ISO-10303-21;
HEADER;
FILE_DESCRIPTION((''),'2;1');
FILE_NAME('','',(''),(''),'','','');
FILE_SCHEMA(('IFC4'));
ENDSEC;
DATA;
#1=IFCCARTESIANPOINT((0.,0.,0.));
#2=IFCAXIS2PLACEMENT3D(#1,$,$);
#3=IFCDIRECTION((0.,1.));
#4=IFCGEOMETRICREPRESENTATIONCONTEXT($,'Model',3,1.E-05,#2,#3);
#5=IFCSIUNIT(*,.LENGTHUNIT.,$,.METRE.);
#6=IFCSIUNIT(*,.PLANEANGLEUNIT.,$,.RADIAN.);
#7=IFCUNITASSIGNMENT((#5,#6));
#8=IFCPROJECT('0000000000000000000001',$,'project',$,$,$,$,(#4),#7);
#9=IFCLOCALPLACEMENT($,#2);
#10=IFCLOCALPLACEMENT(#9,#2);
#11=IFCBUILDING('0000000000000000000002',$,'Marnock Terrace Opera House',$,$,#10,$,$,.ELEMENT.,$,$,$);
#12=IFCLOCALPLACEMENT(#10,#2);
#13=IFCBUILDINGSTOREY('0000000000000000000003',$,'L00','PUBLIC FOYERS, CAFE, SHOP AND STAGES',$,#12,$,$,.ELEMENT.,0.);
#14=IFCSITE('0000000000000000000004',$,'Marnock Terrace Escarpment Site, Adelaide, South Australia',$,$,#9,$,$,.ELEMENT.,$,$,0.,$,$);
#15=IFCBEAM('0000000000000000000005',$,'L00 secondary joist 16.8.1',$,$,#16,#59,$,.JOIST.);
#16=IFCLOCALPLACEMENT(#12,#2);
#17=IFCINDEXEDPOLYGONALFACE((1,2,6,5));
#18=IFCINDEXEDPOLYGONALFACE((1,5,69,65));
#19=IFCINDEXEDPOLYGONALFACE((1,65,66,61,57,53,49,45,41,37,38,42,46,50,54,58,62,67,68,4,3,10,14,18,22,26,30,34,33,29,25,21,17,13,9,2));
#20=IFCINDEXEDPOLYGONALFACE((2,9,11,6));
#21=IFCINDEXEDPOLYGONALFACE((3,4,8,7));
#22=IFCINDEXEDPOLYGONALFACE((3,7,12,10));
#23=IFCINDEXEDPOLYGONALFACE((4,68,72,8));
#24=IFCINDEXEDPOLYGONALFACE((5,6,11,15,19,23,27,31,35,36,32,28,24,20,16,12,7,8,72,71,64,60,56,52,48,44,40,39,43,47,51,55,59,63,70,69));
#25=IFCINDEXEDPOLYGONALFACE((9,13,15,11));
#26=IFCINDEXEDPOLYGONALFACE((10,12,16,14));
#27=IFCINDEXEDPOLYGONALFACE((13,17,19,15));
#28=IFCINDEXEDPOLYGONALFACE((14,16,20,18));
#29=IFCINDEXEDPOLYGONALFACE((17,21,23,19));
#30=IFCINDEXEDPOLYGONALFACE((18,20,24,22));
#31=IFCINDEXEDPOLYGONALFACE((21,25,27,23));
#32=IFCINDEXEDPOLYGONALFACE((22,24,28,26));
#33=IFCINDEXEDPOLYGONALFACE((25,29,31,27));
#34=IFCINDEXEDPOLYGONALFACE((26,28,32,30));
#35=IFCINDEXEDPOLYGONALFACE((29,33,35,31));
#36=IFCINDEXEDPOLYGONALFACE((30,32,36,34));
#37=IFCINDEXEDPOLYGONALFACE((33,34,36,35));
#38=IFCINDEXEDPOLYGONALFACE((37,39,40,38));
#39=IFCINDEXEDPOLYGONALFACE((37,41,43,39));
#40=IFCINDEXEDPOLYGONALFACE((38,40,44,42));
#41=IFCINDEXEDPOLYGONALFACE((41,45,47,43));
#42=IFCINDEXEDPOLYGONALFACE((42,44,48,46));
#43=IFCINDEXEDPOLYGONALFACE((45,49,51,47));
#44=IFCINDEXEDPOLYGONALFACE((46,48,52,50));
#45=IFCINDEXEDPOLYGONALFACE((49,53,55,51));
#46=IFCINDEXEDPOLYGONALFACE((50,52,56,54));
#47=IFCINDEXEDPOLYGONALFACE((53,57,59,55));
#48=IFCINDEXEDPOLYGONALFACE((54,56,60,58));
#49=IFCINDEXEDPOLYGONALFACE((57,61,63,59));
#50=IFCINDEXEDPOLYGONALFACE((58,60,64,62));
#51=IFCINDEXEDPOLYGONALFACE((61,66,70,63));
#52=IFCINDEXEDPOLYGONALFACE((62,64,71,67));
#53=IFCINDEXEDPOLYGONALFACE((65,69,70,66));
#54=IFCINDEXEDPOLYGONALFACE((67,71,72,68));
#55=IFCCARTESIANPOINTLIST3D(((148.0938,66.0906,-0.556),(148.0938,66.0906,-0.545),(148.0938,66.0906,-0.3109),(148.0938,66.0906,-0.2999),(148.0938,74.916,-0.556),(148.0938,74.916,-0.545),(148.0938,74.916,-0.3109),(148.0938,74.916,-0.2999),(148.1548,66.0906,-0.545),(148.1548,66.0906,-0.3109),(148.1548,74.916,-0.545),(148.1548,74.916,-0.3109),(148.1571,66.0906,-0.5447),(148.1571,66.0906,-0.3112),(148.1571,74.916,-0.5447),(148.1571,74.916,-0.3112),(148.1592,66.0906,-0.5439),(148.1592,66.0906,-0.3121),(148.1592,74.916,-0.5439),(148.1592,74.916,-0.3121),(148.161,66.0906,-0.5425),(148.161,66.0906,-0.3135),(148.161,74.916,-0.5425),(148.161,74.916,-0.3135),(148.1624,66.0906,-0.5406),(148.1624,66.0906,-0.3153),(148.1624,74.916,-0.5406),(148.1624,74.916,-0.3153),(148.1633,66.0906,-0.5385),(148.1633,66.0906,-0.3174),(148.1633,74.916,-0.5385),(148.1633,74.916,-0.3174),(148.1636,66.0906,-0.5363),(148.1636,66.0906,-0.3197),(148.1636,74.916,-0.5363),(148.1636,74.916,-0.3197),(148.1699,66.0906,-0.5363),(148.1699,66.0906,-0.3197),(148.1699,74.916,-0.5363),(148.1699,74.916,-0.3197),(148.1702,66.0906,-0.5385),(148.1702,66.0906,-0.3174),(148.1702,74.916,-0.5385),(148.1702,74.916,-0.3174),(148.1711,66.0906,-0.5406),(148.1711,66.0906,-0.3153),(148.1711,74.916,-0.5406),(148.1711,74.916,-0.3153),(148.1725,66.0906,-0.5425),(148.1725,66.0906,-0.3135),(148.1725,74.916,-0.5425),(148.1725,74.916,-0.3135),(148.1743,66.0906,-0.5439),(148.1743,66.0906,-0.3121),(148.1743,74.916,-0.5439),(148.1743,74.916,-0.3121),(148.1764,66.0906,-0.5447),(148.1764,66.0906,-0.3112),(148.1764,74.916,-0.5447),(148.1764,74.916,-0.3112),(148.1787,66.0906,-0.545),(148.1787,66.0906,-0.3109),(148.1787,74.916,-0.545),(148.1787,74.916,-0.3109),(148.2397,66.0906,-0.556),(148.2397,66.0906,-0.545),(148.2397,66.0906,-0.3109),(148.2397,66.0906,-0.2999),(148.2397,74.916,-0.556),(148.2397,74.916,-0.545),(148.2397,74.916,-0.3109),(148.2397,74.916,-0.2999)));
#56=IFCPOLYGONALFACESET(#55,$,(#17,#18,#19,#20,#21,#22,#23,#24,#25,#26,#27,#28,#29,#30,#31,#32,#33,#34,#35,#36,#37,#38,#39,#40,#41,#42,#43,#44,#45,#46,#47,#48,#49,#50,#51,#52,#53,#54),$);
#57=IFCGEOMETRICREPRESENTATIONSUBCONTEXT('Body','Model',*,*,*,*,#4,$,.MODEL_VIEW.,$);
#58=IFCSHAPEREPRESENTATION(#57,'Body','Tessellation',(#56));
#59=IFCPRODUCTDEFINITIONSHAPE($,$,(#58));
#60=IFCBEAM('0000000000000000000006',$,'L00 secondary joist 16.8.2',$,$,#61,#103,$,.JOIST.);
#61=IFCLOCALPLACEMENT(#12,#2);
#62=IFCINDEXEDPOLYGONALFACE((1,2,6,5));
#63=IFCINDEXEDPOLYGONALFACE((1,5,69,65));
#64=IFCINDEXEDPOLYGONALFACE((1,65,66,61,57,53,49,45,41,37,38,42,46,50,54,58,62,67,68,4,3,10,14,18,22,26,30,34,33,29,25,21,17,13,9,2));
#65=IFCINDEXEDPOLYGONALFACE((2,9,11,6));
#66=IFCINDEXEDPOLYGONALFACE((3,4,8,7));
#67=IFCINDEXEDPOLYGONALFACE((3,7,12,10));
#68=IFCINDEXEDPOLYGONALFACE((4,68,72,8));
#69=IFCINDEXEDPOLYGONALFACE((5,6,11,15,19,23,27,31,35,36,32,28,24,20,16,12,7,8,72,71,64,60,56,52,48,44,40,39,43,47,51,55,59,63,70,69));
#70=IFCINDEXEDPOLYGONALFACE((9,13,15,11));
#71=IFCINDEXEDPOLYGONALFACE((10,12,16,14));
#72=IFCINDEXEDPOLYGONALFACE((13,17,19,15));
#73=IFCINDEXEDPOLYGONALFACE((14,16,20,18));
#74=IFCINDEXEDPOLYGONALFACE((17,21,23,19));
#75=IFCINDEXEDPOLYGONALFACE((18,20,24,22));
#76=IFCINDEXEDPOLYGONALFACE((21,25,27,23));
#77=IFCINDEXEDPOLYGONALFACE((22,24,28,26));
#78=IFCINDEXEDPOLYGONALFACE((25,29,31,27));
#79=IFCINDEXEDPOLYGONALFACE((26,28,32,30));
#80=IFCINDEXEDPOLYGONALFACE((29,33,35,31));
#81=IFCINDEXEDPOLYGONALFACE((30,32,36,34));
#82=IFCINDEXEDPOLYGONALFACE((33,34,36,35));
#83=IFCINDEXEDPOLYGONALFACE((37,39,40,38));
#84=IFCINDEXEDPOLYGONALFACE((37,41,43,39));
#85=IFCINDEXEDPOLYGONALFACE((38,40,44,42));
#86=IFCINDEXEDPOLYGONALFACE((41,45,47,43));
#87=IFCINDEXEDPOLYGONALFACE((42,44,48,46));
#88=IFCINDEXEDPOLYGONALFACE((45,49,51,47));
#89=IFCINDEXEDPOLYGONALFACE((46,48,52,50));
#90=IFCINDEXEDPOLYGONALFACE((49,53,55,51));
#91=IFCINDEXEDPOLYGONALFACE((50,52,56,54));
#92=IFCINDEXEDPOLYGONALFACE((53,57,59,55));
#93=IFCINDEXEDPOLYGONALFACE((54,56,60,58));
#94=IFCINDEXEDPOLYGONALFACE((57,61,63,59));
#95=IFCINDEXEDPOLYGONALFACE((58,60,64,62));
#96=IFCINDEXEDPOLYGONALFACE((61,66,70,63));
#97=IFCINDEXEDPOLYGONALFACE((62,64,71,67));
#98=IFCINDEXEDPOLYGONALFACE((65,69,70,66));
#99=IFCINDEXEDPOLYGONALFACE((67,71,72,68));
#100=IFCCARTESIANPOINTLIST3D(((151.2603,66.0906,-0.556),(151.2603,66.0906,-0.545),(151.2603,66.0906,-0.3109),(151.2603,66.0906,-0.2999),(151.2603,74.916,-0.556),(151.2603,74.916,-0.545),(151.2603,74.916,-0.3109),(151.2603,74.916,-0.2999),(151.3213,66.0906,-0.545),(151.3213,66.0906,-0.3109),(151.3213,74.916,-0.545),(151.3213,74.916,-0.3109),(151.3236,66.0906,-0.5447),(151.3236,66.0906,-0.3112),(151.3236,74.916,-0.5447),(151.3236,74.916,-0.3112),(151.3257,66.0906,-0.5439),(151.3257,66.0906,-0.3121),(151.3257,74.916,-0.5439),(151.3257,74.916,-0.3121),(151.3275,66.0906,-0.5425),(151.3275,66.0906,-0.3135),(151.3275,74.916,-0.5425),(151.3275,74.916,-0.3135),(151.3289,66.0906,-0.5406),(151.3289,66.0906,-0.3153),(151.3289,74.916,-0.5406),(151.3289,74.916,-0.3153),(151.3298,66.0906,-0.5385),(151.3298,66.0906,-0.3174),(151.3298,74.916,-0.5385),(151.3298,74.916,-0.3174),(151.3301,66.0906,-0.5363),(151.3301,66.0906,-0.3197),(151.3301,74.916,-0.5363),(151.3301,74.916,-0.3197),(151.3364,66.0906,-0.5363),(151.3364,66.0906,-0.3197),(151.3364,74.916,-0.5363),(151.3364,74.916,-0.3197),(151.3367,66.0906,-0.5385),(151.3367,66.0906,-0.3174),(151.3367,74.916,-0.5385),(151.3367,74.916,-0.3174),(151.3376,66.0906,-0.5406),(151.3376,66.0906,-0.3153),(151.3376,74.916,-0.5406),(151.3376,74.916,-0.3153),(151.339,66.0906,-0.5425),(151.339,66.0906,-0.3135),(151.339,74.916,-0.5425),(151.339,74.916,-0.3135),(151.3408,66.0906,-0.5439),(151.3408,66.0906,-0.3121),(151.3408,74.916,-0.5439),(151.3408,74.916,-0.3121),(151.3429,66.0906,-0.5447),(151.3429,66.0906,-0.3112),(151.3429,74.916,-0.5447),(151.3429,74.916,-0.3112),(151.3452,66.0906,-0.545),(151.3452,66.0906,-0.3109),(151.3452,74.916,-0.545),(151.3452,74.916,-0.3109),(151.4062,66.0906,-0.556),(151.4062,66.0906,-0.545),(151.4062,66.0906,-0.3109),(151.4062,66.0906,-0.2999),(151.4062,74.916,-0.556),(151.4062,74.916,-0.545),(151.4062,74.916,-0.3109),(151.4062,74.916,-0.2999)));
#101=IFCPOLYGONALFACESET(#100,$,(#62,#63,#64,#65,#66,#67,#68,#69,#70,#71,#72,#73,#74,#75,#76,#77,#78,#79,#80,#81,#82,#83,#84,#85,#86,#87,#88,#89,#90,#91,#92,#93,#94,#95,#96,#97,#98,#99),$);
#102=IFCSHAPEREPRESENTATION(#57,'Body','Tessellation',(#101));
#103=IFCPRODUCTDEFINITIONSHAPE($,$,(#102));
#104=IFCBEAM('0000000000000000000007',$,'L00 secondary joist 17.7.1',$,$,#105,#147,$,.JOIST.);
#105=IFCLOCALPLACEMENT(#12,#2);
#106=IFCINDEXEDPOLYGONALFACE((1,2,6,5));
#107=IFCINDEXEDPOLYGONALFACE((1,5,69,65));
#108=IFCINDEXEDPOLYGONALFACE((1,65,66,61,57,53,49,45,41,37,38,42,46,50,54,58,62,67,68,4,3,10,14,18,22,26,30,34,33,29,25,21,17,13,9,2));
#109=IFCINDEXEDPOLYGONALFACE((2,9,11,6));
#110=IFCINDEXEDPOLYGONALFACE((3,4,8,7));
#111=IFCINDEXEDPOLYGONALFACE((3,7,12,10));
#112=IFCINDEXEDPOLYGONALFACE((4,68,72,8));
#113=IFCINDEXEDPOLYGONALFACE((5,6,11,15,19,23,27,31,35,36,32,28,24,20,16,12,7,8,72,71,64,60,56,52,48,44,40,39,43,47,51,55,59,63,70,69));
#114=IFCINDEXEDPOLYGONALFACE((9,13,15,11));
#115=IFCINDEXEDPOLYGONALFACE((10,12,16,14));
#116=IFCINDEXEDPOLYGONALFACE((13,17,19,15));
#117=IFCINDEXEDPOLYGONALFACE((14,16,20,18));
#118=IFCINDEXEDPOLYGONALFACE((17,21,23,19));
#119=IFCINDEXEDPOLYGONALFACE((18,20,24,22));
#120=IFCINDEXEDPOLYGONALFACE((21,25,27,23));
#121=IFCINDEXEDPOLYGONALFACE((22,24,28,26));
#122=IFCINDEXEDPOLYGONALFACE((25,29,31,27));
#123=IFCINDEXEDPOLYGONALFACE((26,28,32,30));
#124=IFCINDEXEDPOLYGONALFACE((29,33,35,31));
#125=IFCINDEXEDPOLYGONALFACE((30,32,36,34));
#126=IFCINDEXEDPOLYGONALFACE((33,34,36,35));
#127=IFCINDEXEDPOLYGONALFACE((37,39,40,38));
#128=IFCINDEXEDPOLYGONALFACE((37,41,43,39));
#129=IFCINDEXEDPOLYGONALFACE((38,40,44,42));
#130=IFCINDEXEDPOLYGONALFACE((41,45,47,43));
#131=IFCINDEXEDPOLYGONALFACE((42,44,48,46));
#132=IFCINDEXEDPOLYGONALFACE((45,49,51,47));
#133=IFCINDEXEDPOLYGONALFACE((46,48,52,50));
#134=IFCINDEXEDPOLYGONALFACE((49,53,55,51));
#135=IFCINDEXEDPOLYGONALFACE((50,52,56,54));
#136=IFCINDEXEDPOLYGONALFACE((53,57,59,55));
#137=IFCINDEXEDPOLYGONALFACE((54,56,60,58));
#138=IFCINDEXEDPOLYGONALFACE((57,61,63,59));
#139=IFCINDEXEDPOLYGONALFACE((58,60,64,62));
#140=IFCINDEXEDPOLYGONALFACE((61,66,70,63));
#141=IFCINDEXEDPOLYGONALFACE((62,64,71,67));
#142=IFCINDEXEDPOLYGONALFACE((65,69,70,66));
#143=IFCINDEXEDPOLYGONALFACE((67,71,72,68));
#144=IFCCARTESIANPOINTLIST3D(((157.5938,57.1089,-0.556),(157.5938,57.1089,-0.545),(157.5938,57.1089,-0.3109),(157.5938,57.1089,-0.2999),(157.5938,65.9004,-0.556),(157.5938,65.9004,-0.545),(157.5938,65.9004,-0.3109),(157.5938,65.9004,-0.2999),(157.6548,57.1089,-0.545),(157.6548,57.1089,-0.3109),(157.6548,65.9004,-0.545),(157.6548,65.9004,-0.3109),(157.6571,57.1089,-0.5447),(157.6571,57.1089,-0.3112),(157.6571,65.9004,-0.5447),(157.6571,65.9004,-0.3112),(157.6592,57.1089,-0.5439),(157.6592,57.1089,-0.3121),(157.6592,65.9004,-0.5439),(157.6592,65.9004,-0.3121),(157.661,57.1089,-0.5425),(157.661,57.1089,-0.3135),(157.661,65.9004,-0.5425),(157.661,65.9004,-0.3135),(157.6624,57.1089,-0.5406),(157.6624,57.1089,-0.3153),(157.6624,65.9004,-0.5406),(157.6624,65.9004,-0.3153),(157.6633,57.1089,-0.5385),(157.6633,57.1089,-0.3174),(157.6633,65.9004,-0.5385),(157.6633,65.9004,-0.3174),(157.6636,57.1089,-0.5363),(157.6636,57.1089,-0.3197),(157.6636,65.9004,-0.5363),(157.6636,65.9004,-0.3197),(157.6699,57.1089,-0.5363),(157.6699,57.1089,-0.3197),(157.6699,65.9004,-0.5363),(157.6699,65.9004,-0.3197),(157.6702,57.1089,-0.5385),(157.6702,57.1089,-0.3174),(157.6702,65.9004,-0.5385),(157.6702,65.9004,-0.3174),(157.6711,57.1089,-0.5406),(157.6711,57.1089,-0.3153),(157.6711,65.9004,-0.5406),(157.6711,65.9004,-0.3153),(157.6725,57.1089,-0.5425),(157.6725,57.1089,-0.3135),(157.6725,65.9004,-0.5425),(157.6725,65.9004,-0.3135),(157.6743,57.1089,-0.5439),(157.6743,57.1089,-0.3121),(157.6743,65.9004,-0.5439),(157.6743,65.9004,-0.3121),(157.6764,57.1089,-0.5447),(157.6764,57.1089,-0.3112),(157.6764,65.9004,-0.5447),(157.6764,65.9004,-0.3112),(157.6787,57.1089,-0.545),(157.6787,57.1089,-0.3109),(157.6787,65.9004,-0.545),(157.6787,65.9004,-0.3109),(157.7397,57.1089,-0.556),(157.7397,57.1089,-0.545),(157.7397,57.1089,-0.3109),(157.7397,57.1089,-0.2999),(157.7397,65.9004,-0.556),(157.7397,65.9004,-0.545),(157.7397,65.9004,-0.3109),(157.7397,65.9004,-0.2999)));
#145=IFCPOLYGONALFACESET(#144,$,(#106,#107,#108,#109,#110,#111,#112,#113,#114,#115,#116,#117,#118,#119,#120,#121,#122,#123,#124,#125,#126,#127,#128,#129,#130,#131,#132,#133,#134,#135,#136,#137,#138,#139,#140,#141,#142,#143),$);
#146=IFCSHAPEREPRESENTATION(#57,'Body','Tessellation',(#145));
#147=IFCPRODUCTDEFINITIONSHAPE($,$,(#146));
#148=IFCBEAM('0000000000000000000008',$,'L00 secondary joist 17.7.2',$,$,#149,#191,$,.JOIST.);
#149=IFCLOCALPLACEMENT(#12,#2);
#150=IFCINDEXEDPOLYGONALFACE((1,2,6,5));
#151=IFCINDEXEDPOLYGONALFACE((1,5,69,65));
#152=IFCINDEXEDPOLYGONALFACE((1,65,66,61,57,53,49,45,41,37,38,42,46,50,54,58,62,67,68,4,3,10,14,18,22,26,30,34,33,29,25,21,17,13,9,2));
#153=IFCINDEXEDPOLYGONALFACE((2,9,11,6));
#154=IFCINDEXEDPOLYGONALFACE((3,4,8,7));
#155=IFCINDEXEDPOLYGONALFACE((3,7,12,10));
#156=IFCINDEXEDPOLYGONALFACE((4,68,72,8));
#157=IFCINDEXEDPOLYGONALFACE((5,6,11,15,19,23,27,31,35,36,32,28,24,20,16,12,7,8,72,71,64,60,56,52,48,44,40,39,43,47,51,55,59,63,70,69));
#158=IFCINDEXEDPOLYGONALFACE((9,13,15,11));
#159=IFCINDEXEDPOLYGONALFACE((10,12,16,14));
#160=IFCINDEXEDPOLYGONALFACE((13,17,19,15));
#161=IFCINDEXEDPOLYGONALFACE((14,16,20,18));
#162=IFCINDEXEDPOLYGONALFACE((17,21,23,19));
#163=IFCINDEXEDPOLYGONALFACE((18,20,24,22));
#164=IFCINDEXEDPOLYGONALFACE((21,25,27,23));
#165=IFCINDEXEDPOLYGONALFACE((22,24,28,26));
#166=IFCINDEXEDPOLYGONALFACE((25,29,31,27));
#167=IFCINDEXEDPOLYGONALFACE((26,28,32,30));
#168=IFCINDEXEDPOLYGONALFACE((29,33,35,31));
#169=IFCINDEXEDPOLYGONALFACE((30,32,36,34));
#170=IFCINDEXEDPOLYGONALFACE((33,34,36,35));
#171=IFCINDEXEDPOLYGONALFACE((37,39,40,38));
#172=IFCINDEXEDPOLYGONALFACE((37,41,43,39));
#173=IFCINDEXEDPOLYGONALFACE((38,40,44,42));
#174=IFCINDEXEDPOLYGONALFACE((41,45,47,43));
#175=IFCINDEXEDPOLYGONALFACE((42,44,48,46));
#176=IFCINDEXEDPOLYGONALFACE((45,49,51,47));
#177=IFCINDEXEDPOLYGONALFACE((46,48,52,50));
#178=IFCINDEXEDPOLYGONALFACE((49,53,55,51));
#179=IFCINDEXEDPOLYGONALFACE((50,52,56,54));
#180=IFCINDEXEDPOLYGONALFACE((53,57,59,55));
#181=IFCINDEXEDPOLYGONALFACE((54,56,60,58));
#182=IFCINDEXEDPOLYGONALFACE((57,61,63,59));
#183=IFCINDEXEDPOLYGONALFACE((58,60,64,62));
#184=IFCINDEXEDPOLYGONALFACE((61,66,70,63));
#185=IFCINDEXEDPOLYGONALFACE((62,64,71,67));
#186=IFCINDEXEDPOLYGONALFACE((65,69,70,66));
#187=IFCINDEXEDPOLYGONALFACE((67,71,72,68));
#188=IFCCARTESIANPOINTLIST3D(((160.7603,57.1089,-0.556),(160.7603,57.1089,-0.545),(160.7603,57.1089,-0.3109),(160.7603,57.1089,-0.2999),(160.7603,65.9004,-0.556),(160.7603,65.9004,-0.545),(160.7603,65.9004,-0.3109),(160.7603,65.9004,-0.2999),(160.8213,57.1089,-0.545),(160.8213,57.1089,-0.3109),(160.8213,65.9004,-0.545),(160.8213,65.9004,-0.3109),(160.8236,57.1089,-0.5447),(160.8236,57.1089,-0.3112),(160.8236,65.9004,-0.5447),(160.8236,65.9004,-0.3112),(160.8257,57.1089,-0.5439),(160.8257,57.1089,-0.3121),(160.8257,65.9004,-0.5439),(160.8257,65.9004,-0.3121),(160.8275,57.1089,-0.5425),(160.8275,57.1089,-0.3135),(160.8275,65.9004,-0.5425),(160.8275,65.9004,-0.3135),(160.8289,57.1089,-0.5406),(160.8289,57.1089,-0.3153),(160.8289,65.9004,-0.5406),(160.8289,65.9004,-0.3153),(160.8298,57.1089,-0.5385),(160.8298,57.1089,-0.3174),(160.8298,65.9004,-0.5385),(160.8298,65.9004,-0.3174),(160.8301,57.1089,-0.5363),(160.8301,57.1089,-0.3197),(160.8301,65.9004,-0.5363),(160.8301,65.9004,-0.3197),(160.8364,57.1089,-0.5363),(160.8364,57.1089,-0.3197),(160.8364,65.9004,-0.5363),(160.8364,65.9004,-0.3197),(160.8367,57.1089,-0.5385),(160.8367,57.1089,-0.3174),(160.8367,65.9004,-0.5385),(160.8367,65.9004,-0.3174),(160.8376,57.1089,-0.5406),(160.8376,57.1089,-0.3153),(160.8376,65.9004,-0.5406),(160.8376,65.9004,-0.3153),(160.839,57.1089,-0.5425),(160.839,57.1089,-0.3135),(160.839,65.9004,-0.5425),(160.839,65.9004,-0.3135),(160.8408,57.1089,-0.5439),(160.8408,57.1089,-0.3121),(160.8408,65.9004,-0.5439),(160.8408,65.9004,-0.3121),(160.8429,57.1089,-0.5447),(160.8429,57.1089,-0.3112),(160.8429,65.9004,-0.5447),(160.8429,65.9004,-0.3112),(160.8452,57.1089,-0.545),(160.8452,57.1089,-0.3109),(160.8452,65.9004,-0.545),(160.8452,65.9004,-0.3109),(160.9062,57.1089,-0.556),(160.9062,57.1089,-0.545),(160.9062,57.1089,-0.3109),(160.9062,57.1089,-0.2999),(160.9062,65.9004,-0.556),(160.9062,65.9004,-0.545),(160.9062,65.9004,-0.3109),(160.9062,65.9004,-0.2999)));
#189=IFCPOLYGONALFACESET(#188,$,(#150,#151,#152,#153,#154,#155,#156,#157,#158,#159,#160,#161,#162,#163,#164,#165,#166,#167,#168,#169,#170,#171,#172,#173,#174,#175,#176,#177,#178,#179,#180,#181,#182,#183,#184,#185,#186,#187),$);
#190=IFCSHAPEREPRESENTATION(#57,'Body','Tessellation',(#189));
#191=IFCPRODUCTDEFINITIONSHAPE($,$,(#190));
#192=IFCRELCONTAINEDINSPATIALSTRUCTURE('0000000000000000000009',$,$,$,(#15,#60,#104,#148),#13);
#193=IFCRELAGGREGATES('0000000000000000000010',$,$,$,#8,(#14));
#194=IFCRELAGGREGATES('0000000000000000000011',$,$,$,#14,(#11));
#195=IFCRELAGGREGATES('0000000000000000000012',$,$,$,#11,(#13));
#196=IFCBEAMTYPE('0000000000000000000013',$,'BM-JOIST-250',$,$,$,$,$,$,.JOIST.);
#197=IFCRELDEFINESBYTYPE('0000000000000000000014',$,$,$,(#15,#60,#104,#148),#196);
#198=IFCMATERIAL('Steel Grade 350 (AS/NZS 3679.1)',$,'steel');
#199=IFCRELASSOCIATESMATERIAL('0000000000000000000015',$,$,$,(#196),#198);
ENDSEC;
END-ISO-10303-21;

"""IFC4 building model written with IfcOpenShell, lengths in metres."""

from ifc_helpers import new_model, si_unit, direction, frame, origin, origin_2d, place, context, subcontext, project, spatial, i_section, extrude, material, material_profile, profile_set, type_object, element, save


model = new_model("IFC4")

# Units and contexts
model_context = context("Model", 3, precision=1e-05, world=origin(), true_north=direction((0.0, 1.0)))
body_context = subcontext(model_context, "Body", "Model", "MODEL_VIEW")
ifc_project = project(units=[si_unit("LENGTHUNIT", "METRE"), si_unit("PLANEANGLEUNIT", "RADIAN")], contexts=[model_context])

# Site, building, storey
site_placement = place(None, origin())
site = spatial("IfcSite", under=ifc_project, at=site_placement, Name="Marnock Terrace Escarpment Site, Adelaide, South Australia", CompositionType="ELEMENT", RefElevation=0.0)
building_placement = place(site_placement, origin())
building = spatial("IfcBuilding", under=site, at=building_placement, Name="Marnock Terrace Opera House", CompositionType="ELEMENT")
storey_placement = place(building_placement, origin())
storey = spatial("IfcBuildingStorey", under=building, at=storey_placement, Name="L00", Description="PUBLIC FOYERS, CAFE, SHOP AND STAGES", CompositionType="ELEMENT", Elevation=0.0)

# Beams
ifc_material_1 = material(Name="Steel Grade 350 (AS/NZS 3679.1)", Category="steel")
ifc_material_profile_1 = material_profile(ifc_material_1, i_section(OverallWidth=0.146, OverallDepth=0.2561, WebThickness=0.0063, FlangeThickness=0.011, FilletRadius=0.0088, at=origin_2d()))
ifc_profile_set_1 = profile_set([ifc_material_profile_1], Name="Steel Grade 350 (AS/NZS 3679.1)")
beam_type_1 = type_object("IfcBeamType", Name="BM-JOIST-250", PredefinedType="JOIST", material=ifc_profile_set_1)
for number, where, z_axis, x_axis, name in (
    (1, (148.1667, 66.0906, -0.428), (0.0, 1.0, 0.0), (-1.0, 0.0, 0.0), "L00 secondary joist 16.8.1"),
    (2, (151.3333, 66.0906, -0.428), (0.0, 1.0, 0.0), (-1.0, 0.0, 0.0), "L00 secondary joist 16.8.2"),
):
    element("IfcBeam", number, at=place(storey_placement, frame(where, z_axis=z_axis, x_axis=x_axis)), inside=storey, type_object=beam_type_1, Name=name, PredefinedType="JOIST", context=body_context, shape_type="SweptSolid", body=[
        extrude(i_section(OverallWidth=0.146, OverallDepth=0.2561, WebThickness=0.0063, FlangeThickness=0.011, FilletRadius=0.0088, at=origin_2d()), origin(), (0.0, 0.0, 1.0), 8.8254),
    ])
for number, where, z_axis, x_axis, name in (
    (3, (157.6667, 57.1089, -0.428), (0.0, 1.0, 0.0), (-1.0, 0.0, 0.0), "L00 secondary joist 17.7.1"),
    (4, (160.8333, 57.1089, -0.428), (0.0, 1.0, 0.0), (-1.0, 0.0, 0.0), "L00 secondary joist 17.7.2"),
):
    element("IfcBeam", number, at=place(storey_placement, frame(where, z_axis=z_axis, x_axis=x_axis)), inside=storey, type_object=beam_type_1, Name=name, PredefinedType="JOIST", context=body_context, shape_type="SweptSolid", body=[
        extrude(i_section(OverallWidth=0.146, OverallDepth=0.2561, WebThickness=0.0063, FlangeThickness=0.011, FilletRadius=0.0088, at=origin_2d()), origin(), (0.0, 0.0, 1.0), 8.7915),
    ])

save(model, "model.ifc")
